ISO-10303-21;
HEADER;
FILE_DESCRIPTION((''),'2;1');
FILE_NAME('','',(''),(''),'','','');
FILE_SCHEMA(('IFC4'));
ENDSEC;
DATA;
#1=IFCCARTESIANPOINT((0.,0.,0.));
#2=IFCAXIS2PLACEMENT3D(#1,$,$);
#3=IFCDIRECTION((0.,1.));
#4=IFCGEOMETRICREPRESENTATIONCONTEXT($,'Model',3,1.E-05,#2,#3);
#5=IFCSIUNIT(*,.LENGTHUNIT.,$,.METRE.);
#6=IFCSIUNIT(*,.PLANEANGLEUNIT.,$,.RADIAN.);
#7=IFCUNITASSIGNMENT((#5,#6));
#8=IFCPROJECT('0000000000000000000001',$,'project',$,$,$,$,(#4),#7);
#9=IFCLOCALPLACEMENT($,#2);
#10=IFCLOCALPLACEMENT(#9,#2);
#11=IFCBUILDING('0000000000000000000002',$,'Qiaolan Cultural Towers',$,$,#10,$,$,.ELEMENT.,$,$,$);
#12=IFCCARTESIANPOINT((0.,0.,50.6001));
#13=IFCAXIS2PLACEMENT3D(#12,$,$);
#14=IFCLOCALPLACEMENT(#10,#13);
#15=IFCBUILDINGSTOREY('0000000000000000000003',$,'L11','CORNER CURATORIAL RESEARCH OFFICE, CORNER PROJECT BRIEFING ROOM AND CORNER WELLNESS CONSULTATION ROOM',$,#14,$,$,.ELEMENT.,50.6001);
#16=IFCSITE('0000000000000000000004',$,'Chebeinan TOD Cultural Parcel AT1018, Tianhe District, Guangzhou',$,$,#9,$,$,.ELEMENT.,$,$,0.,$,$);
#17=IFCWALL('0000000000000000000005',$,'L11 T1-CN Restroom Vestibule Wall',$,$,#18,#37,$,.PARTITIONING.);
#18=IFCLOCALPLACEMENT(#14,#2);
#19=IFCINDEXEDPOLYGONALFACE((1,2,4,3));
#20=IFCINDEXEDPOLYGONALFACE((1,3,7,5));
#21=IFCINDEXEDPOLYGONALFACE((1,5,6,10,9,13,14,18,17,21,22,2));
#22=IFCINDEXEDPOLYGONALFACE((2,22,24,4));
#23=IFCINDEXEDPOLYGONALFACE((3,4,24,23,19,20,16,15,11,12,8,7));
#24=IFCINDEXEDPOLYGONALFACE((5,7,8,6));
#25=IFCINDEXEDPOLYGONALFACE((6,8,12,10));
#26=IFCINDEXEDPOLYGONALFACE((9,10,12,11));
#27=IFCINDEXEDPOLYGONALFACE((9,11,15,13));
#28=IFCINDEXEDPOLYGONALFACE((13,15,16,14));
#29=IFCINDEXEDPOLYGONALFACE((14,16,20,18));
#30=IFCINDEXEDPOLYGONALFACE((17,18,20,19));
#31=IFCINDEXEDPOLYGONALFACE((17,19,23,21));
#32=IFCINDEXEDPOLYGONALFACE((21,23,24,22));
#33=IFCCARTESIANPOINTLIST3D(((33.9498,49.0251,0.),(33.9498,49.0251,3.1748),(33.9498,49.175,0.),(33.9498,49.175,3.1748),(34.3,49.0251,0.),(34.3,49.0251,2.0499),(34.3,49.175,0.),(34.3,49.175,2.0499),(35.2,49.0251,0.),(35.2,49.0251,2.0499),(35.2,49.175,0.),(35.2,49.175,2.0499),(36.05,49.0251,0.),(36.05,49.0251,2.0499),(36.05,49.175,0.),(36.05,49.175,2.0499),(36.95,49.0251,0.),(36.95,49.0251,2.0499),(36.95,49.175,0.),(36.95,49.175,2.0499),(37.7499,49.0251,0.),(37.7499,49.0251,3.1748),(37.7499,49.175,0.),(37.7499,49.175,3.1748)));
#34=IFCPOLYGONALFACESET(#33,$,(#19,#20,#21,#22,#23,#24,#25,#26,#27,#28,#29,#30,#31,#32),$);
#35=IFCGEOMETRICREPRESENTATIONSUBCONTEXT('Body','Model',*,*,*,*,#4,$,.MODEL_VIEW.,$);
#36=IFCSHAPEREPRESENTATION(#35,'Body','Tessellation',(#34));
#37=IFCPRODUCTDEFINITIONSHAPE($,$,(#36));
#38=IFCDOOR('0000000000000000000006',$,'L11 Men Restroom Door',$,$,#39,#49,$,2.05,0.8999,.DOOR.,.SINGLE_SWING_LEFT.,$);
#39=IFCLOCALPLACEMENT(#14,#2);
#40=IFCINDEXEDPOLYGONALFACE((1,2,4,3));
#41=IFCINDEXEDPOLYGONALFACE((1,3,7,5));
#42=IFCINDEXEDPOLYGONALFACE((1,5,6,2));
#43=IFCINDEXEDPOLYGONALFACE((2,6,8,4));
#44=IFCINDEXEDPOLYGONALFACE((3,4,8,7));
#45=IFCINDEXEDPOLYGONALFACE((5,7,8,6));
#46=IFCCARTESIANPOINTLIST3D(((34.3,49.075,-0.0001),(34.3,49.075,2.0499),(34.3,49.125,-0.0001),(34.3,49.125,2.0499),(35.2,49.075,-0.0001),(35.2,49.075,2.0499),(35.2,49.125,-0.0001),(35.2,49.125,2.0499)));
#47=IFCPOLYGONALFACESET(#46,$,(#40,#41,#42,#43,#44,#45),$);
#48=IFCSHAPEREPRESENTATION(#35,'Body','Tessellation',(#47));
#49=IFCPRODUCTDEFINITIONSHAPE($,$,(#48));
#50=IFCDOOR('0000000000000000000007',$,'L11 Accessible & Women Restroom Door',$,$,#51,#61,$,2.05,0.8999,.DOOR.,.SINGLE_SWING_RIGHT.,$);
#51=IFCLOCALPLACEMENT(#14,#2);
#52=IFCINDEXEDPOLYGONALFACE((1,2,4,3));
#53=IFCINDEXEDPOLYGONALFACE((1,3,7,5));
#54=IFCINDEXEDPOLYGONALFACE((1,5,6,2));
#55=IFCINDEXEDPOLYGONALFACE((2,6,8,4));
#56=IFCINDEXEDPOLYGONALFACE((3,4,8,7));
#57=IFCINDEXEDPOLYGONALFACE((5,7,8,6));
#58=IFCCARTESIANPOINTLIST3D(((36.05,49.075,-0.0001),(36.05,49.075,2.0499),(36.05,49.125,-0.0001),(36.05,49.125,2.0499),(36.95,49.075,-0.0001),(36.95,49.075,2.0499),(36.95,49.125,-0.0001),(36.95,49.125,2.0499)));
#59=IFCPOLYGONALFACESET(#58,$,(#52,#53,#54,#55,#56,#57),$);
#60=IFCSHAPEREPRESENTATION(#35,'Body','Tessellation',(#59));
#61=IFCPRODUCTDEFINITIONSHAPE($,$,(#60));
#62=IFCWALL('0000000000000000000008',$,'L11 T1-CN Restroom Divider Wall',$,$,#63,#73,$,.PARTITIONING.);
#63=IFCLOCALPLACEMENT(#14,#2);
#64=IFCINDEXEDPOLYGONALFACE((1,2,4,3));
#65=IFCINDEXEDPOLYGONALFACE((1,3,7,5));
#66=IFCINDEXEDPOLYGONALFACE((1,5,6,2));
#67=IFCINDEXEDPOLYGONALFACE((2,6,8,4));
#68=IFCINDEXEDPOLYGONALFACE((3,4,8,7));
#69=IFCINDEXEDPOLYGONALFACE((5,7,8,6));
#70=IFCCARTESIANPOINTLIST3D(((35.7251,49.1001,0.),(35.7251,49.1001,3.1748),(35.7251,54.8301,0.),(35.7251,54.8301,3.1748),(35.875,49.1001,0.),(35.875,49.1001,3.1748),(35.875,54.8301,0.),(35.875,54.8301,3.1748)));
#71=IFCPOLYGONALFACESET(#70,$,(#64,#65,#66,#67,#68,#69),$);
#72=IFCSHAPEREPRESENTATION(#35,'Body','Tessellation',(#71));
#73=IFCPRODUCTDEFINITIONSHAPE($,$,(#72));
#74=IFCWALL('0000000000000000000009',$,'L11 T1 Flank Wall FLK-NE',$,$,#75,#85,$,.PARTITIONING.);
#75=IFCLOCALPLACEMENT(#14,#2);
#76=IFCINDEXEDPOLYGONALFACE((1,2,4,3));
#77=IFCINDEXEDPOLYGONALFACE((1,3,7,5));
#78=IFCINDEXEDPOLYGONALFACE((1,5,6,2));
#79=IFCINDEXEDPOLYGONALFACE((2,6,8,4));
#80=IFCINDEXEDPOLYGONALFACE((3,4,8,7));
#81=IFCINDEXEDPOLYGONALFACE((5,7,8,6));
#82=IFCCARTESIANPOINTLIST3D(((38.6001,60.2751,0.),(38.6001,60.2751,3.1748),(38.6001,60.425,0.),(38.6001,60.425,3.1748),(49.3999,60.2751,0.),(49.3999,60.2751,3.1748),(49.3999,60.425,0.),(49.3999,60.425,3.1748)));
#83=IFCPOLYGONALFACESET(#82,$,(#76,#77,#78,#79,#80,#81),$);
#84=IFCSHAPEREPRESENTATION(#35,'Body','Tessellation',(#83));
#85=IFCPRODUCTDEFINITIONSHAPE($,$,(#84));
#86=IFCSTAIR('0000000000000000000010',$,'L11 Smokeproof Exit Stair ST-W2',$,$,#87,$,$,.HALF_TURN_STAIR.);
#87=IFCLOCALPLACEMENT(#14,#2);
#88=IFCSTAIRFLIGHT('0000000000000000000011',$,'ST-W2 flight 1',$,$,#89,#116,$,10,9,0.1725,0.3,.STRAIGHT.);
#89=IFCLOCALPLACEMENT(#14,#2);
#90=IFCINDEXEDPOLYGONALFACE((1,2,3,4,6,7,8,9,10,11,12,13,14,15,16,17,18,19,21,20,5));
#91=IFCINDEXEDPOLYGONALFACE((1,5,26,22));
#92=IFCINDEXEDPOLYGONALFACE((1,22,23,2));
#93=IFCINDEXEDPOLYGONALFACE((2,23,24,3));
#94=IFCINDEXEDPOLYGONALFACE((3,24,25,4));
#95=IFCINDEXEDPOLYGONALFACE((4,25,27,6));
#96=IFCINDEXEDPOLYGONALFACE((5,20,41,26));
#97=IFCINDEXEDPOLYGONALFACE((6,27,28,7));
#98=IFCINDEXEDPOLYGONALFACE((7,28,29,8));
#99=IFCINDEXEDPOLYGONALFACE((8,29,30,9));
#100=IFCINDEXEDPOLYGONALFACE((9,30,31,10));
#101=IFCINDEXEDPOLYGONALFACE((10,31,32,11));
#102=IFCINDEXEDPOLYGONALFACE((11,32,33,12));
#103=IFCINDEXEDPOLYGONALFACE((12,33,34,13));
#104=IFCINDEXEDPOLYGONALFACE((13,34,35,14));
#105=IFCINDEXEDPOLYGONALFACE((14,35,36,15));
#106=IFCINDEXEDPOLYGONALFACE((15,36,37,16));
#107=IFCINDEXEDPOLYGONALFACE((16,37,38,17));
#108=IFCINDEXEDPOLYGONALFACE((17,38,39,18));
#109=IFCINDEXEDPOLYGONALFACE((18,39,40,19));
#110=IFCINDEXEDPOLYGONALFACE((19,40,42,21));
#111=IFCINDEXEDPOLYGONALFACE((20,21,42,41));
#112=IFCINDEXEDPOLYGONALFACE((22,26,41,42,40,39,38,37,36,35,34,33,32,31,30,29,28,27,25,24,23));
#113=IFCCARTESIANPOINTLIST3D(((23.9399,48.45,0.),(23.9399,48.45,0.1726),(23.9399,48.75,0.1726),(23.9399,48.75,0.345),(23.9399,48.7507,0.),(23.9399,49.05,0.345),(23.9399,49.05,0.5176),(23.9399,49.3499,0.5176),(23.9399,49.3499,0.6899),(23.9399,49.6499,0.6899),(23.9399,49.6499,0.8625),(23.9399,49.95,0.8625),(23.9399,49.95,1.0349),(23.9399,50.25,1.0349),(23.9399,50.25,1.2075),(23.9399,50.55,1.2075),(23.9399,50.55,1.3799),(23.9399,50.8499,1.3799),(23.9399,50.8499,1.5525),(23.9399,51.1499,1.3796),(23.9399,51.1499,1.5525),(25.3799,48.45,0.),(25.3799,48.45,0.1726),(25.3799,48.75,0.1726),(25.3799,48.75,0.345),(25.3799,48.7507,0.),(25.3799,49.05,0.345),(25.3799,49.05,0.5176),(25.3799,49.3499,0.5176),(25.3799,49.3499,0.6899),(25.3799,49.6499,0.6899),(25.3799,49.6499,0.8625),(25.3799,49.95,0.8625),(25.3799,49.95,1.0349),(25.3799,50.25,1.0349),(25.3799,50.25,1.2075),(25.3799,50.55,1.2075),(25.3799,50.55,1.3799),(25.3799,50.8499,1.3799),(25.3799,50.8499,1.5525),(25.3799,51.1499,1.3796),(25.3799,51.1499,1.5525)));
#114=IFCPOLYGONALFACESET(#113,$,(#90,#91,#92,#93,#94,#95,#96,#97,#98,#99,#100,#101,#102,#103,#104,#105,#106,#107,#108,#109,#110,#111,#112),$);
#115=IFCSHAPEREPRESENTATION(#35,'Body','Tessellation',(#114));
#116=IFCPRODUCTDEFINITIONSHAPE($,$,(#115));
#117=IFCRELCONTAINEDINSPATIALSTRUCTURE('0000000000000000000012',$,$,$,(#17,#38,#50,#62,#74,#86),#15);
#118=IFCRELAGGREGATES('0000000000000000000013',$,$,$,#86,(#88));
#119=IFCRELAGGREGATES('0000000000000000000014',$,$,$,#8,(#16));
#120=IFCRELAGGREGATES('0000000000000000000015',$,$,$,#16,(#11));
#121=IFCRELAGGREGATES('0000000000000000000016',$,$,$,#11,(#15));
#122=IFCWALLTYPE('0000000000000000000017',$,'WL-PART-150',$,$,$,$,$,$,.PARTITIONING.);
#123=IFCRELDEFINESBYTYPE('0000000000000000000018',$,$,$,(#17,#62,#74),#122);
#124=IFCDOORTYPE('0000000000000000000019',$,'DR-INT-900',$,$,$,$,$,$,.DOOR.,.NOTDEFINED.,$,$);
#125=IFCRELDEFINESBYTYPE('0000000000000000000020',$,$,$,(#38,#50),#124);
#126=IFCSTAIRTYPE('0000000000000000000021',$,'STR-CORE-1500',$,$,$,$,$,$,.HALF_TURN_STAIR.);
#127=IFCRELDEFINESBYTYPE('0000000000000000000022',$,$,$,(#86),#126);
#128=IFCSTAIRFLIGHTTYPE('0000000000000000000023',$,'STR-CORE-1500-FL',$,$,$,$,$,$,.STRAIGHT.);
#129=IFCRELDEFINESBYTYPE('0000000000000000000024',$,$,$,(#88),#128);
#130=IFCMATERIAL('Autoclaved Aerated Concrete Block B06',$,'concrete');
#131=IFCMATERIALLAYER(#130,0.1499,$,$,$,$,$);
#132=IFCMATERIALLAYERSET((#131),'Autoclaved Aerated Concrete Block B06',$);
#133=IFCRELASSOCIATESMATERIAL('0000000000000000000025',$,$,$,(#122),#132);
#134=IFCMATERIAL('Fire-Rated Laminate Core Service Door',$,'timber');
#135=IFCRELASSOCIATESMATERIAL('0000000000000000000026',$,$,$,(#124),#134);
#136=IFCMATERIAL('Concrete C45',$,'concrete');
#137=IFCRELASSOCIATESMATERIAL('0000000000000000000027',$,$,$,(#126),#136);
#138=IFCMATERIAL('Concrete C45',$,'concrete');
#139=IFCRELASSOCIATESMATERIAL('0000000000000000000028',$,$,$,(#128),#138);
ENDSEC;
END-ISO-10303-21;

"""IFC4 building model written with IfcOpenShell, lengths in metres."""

from ifc_helpers import new_model, si_unit, direction, frame, frame_2d, origin, place, context, subcontext, project, spatial, polyline, rectangle, outline, extrude, material, layer, layer_set, type_object, element, fill, aggregate, save


model = new_model("IFC4")

# Units and contexts
model_context = context("Model", 3, precision=1e-05, world=origin(), true_north=direction((0.0, 1.0)))
body_context = subcontext(model_context, "Body", "Model", "MODEL_VIEW")
ifc_project = project(units=[si_unit("LENGTHUNIT", "METRE"), si_unit("PLANEANGLEUNIT", "RADIAN")], contexts=[model_context])

# Site, building, storey
site_placement = place(None, origin())
site = spatial("IfcSite", under=ifc_project, at=site_placement, Name="Chebeinan TOD Cultural Parcel AT1018, Tianhe District, Guangzhou", CompositionType="ELEMENT", RefElevation=0.0)
building_placement = place(site_placement, origin())
building = spatial("IfcBuilding", under=site, at=building_placement, Name="Qiaolan Cultural Towers", CompositionType="ELEMENT")
storey_placement = place(building_placement, frame((0.0, 0.0, 50.6001)))
storey = spatial("IfcBuildingStorey", under=building, at=storey_placement, Name="L11", Description="CORNER CURATORIAL RESEARCH OFFICE, CORNER PROJECT BRIEFING ROOM AND CORNER WELLNESS CONSULTATION ROOM", CompositionType="ELEMENT", Elevation=50.6001)

# Shared definitions
ifc_material_1 = material(Name="Autoclaved Aerated Concrete Block B06", Category="concrete")
ifc_layer_1 = layer(ifc_material_1, 0.1499)
ifc_layer_set_1 = layer_set([ifc_layer_1], Name="Autoclaved Aerated Concrete Block B06")
wall_type_1 = type_object("IfcWallType", Name="WL-PART-150", PredefinedType="PARTITIONING", material=ifc_layer_set_1)

# Wall, openings, doors
wall_1_placement = place(storey_placement, frame((33.95, 49.1001, 0.0), z_axis=(0.0, 0.0, 1.0), x_axis=(1.0, 0.0, 0.0)))
wall_1 = element("IfcWall", 1, at=wall_1_placement, inside=storey, type_object=wall_type_1, Name="L11 T1-CN Restroom Vestibule Wall", PredefinedType="PARTITIONING", context=body_context, shape_type="SweptSolid", body=[
    extrude(rectangle(XDim=3.8, YDim=0.1499, at=frame_2d((1.8999, 0.0))), origin(), (0.0, 0.0, 1.0), 3.1748),
])
opening_1_placement = place(wall_1_placement, frame((0.3501, 0.0, 0.0)))
opening_1 = element("IfcOpeningElement", 2, at=opening_1_placement, cuts=wall_1, PredefinedType="OPENING", context=body_context, shape_type="SweptSolid", body=[
    extrude(rectangle(XDim=0.8999, YDim=2.05, at=frame_2d((0.45, 1.0249))), frame((0.0, 0.085, 0.0), z_axis=(0.0, -1.0, 0.0), x_axis=(1.0, 0.0, 0.0)), (0.0, 0.0, 1.0), 0.1699),
])
opening_2_placement = place(wall_1_placement, frame((2.1001, 0.0, 0.0)))
opening_2 = element("IfcOpeningElement", 3, at=opening_2_placement, cuts=wall_1, PredefinedType="OPENING", context=body_context, shape_type="SweptSolid", body=[
    extrude(rectangle(XDim=0.8999, YDim=2.05, at=frame_2d((0.45, 1.0249))), frame((0.0, 0.085, 0.0), z_axis=(0.0, -1.0, 0.0), x_axis=(1.0, 0.0, 0.0)), (0.0, 0.0, 1.0), 0.1699),
])
ifc_material_2 = material(Name="Fire-Rated Laminate Core Service Door", Category="timber")
door_type_1 = type_object("IfcDoorType", Name="DR-INT-900", OperationType="NOTDEFINED", PredefinedType="DOOR", material=ifc_material_2)
door_1_placement = place(opening_1_placement, origin())
door_1 = element("IfcDoor", 4, at=door_1_placement, inside=storey, type_object=door_type_1, Name="L11 Men Restroom Door", OperationType="SINGLE_SWING_LEFT", OverallHeight=2.05, OverallWidth=0.8999, PredefinedType="DOOR", context=body_context, shape_type="SweptSolid", body=[
    extrude(rectangle(XDim=0.8999, YDim=2.05, at=frame_2d((0.45, 1.0249))), frame((0.0, 0.0249, 0.0), z_axis=(0.0, -1.0, 0.0), x_axis=(1.0, 0.0, 0.0)), (0.0, 0.0, 1.0), 0.05),
])
fill(opening_1, door_1)
door_2_placement = place(opening_2_placement, origin())
door_2 = element("IfcDoor", 5, at=door_2_placement, inside=storey, type_object=door_type_1, Name="L11 Accessible & Women Restroom Door", OperationType="SINGLE_SWING_RIGHT", OverallHeight=2.05, OverallWidth=0.8999, PredefinedType="DOOR", context=body_context, shape_type="SweptSolid", body=[
    extrude(rectangle(XDim=0.8999, YDim=2.05, at=frame_2d((0.45, 1.0249))), frame((0.0, 0.0249, 0.0), z_axis=(0.0, -1.0, 0.0), x_axis=(1.0, 0.0, 0.0)), (0.0, 0.0, 1.0), 0.05),
])
fill(opening_2, door_2)

# Walls
wall_2_placement = place(storey_placement, frame((35.8, 49.1001, 0.0), z_axis=(0.0, 0.0, 1.0), x_axis=(0.0, 1.0, 0.0)))
element("IfcWall", 6, at=wall_2_placement, inside=storey, type_object=wall_type_1, Name="L11 T1-CN Restroom Divider Wall", PredefinedType="PARTITIONING", context=body_context, shape_type="SweptSolid", body=[
    extrude(rectangle(XDim=5.73, YDim=0.1499, at=frame_2d((2.865, 0.0))), origin(), (0.0, 0.0, 1.0), 3.1748),
])
wall_3_placement = place(storey_placement, frame((38.6001, 60.3501, 0.0), z_axis=(0.0, 0.0, 1.0), x_axis=(1.0, 0.0, 0.0)))
element("IfcWall", 7, at=wall_3_placement, inside=storey, type_object=wall_type_1, Name="L11 T1 Flank Wall FLK-NE", PredefinedType="PARTITIONING", context=body_context, shape_type="SweptSolid", body=[
    extrude(rectangle(XDim=10.7998, YDim=0.1499, at=frame_2d((5.3999, 0.0))), origin(), (0.0, 0.0, 1.0), 3.1748),
])

# Stair, stair flight
ifc_material_3 = material(Name="Concrete C45", Category="concrete")
stair_type = type_object("IfcStairType", Name="STR-CORE-1500", PredefinedType="HALF_TURN_STAIR", material=ifc_material_3)
stair_placement = place(storey_placement, origin())
stair = element("IfcStair", 8, at=stair_placement, inside=storey, type_object=stair_type, Name="L11 Smokeproof Exit Stair ST-W2", PredefinedType="HALF_TURN_STAIR")
ifc_material_4 = material(Name="Concrete C45", Category="concrete")
stair_flight_type = type_object("IfcStairFlightType", Name="STR-CORE-1500-FL", PredefinedType="STRAIGHT", material=ifc_material_4)
stair_flight_placement = place(storey_placement, frame((24.6599, 48.45, 0.0), z_axis=(0.0, 0.0, 1.0), x_axis=(0.0, 1.0, 0.0)))
stair_flight = element("IfcStairFlight", 9, at=stair_flight_placement, type_object=stair_flight_type, Name="ST-W2 flight 1", NumberOfRisers=10, NumberOfTreads=9, PredefinedType="STRAIGHT", RiserHeight=0.1725, TreadLength=0.3, context=body_context, shape_type="SweptSolid", body=[
    extrude(outline(polyline([(0.0, 0.0), (0.0, 0.1726), (0.3, 0.1726), (0.3, 0.345), (0.6001, 0.345), (0.6001, 0.5176), (0.8999, 0.5176), (0.8999, 0.6899), (1.2, 0.6899), (1.2, 0.8625), (1.5, 0.8625), (1.5, 1.0349), (1.8, 1.0349), (1.8, 1.2075), (2.1001, 1.2075), (2.1001, 1.3799), (2.3999, 1.3799), (2.3999, 1.5525), (2.7, 1.5525), (2.7, 1.7251), (2.7, 1.3796), (0.3008, 0.0), (0.0, 0.0)])), frame((0.0, 0.72, 0.0), z_axis=(0.0, -1.0, 0.0), x_axis=(1.0, 0.0, 0.0)), (0.0, 0.0, 1.0), 1.4399),
])
aggregate(stair, [stair_flight])

save(model, "model.ifc")
